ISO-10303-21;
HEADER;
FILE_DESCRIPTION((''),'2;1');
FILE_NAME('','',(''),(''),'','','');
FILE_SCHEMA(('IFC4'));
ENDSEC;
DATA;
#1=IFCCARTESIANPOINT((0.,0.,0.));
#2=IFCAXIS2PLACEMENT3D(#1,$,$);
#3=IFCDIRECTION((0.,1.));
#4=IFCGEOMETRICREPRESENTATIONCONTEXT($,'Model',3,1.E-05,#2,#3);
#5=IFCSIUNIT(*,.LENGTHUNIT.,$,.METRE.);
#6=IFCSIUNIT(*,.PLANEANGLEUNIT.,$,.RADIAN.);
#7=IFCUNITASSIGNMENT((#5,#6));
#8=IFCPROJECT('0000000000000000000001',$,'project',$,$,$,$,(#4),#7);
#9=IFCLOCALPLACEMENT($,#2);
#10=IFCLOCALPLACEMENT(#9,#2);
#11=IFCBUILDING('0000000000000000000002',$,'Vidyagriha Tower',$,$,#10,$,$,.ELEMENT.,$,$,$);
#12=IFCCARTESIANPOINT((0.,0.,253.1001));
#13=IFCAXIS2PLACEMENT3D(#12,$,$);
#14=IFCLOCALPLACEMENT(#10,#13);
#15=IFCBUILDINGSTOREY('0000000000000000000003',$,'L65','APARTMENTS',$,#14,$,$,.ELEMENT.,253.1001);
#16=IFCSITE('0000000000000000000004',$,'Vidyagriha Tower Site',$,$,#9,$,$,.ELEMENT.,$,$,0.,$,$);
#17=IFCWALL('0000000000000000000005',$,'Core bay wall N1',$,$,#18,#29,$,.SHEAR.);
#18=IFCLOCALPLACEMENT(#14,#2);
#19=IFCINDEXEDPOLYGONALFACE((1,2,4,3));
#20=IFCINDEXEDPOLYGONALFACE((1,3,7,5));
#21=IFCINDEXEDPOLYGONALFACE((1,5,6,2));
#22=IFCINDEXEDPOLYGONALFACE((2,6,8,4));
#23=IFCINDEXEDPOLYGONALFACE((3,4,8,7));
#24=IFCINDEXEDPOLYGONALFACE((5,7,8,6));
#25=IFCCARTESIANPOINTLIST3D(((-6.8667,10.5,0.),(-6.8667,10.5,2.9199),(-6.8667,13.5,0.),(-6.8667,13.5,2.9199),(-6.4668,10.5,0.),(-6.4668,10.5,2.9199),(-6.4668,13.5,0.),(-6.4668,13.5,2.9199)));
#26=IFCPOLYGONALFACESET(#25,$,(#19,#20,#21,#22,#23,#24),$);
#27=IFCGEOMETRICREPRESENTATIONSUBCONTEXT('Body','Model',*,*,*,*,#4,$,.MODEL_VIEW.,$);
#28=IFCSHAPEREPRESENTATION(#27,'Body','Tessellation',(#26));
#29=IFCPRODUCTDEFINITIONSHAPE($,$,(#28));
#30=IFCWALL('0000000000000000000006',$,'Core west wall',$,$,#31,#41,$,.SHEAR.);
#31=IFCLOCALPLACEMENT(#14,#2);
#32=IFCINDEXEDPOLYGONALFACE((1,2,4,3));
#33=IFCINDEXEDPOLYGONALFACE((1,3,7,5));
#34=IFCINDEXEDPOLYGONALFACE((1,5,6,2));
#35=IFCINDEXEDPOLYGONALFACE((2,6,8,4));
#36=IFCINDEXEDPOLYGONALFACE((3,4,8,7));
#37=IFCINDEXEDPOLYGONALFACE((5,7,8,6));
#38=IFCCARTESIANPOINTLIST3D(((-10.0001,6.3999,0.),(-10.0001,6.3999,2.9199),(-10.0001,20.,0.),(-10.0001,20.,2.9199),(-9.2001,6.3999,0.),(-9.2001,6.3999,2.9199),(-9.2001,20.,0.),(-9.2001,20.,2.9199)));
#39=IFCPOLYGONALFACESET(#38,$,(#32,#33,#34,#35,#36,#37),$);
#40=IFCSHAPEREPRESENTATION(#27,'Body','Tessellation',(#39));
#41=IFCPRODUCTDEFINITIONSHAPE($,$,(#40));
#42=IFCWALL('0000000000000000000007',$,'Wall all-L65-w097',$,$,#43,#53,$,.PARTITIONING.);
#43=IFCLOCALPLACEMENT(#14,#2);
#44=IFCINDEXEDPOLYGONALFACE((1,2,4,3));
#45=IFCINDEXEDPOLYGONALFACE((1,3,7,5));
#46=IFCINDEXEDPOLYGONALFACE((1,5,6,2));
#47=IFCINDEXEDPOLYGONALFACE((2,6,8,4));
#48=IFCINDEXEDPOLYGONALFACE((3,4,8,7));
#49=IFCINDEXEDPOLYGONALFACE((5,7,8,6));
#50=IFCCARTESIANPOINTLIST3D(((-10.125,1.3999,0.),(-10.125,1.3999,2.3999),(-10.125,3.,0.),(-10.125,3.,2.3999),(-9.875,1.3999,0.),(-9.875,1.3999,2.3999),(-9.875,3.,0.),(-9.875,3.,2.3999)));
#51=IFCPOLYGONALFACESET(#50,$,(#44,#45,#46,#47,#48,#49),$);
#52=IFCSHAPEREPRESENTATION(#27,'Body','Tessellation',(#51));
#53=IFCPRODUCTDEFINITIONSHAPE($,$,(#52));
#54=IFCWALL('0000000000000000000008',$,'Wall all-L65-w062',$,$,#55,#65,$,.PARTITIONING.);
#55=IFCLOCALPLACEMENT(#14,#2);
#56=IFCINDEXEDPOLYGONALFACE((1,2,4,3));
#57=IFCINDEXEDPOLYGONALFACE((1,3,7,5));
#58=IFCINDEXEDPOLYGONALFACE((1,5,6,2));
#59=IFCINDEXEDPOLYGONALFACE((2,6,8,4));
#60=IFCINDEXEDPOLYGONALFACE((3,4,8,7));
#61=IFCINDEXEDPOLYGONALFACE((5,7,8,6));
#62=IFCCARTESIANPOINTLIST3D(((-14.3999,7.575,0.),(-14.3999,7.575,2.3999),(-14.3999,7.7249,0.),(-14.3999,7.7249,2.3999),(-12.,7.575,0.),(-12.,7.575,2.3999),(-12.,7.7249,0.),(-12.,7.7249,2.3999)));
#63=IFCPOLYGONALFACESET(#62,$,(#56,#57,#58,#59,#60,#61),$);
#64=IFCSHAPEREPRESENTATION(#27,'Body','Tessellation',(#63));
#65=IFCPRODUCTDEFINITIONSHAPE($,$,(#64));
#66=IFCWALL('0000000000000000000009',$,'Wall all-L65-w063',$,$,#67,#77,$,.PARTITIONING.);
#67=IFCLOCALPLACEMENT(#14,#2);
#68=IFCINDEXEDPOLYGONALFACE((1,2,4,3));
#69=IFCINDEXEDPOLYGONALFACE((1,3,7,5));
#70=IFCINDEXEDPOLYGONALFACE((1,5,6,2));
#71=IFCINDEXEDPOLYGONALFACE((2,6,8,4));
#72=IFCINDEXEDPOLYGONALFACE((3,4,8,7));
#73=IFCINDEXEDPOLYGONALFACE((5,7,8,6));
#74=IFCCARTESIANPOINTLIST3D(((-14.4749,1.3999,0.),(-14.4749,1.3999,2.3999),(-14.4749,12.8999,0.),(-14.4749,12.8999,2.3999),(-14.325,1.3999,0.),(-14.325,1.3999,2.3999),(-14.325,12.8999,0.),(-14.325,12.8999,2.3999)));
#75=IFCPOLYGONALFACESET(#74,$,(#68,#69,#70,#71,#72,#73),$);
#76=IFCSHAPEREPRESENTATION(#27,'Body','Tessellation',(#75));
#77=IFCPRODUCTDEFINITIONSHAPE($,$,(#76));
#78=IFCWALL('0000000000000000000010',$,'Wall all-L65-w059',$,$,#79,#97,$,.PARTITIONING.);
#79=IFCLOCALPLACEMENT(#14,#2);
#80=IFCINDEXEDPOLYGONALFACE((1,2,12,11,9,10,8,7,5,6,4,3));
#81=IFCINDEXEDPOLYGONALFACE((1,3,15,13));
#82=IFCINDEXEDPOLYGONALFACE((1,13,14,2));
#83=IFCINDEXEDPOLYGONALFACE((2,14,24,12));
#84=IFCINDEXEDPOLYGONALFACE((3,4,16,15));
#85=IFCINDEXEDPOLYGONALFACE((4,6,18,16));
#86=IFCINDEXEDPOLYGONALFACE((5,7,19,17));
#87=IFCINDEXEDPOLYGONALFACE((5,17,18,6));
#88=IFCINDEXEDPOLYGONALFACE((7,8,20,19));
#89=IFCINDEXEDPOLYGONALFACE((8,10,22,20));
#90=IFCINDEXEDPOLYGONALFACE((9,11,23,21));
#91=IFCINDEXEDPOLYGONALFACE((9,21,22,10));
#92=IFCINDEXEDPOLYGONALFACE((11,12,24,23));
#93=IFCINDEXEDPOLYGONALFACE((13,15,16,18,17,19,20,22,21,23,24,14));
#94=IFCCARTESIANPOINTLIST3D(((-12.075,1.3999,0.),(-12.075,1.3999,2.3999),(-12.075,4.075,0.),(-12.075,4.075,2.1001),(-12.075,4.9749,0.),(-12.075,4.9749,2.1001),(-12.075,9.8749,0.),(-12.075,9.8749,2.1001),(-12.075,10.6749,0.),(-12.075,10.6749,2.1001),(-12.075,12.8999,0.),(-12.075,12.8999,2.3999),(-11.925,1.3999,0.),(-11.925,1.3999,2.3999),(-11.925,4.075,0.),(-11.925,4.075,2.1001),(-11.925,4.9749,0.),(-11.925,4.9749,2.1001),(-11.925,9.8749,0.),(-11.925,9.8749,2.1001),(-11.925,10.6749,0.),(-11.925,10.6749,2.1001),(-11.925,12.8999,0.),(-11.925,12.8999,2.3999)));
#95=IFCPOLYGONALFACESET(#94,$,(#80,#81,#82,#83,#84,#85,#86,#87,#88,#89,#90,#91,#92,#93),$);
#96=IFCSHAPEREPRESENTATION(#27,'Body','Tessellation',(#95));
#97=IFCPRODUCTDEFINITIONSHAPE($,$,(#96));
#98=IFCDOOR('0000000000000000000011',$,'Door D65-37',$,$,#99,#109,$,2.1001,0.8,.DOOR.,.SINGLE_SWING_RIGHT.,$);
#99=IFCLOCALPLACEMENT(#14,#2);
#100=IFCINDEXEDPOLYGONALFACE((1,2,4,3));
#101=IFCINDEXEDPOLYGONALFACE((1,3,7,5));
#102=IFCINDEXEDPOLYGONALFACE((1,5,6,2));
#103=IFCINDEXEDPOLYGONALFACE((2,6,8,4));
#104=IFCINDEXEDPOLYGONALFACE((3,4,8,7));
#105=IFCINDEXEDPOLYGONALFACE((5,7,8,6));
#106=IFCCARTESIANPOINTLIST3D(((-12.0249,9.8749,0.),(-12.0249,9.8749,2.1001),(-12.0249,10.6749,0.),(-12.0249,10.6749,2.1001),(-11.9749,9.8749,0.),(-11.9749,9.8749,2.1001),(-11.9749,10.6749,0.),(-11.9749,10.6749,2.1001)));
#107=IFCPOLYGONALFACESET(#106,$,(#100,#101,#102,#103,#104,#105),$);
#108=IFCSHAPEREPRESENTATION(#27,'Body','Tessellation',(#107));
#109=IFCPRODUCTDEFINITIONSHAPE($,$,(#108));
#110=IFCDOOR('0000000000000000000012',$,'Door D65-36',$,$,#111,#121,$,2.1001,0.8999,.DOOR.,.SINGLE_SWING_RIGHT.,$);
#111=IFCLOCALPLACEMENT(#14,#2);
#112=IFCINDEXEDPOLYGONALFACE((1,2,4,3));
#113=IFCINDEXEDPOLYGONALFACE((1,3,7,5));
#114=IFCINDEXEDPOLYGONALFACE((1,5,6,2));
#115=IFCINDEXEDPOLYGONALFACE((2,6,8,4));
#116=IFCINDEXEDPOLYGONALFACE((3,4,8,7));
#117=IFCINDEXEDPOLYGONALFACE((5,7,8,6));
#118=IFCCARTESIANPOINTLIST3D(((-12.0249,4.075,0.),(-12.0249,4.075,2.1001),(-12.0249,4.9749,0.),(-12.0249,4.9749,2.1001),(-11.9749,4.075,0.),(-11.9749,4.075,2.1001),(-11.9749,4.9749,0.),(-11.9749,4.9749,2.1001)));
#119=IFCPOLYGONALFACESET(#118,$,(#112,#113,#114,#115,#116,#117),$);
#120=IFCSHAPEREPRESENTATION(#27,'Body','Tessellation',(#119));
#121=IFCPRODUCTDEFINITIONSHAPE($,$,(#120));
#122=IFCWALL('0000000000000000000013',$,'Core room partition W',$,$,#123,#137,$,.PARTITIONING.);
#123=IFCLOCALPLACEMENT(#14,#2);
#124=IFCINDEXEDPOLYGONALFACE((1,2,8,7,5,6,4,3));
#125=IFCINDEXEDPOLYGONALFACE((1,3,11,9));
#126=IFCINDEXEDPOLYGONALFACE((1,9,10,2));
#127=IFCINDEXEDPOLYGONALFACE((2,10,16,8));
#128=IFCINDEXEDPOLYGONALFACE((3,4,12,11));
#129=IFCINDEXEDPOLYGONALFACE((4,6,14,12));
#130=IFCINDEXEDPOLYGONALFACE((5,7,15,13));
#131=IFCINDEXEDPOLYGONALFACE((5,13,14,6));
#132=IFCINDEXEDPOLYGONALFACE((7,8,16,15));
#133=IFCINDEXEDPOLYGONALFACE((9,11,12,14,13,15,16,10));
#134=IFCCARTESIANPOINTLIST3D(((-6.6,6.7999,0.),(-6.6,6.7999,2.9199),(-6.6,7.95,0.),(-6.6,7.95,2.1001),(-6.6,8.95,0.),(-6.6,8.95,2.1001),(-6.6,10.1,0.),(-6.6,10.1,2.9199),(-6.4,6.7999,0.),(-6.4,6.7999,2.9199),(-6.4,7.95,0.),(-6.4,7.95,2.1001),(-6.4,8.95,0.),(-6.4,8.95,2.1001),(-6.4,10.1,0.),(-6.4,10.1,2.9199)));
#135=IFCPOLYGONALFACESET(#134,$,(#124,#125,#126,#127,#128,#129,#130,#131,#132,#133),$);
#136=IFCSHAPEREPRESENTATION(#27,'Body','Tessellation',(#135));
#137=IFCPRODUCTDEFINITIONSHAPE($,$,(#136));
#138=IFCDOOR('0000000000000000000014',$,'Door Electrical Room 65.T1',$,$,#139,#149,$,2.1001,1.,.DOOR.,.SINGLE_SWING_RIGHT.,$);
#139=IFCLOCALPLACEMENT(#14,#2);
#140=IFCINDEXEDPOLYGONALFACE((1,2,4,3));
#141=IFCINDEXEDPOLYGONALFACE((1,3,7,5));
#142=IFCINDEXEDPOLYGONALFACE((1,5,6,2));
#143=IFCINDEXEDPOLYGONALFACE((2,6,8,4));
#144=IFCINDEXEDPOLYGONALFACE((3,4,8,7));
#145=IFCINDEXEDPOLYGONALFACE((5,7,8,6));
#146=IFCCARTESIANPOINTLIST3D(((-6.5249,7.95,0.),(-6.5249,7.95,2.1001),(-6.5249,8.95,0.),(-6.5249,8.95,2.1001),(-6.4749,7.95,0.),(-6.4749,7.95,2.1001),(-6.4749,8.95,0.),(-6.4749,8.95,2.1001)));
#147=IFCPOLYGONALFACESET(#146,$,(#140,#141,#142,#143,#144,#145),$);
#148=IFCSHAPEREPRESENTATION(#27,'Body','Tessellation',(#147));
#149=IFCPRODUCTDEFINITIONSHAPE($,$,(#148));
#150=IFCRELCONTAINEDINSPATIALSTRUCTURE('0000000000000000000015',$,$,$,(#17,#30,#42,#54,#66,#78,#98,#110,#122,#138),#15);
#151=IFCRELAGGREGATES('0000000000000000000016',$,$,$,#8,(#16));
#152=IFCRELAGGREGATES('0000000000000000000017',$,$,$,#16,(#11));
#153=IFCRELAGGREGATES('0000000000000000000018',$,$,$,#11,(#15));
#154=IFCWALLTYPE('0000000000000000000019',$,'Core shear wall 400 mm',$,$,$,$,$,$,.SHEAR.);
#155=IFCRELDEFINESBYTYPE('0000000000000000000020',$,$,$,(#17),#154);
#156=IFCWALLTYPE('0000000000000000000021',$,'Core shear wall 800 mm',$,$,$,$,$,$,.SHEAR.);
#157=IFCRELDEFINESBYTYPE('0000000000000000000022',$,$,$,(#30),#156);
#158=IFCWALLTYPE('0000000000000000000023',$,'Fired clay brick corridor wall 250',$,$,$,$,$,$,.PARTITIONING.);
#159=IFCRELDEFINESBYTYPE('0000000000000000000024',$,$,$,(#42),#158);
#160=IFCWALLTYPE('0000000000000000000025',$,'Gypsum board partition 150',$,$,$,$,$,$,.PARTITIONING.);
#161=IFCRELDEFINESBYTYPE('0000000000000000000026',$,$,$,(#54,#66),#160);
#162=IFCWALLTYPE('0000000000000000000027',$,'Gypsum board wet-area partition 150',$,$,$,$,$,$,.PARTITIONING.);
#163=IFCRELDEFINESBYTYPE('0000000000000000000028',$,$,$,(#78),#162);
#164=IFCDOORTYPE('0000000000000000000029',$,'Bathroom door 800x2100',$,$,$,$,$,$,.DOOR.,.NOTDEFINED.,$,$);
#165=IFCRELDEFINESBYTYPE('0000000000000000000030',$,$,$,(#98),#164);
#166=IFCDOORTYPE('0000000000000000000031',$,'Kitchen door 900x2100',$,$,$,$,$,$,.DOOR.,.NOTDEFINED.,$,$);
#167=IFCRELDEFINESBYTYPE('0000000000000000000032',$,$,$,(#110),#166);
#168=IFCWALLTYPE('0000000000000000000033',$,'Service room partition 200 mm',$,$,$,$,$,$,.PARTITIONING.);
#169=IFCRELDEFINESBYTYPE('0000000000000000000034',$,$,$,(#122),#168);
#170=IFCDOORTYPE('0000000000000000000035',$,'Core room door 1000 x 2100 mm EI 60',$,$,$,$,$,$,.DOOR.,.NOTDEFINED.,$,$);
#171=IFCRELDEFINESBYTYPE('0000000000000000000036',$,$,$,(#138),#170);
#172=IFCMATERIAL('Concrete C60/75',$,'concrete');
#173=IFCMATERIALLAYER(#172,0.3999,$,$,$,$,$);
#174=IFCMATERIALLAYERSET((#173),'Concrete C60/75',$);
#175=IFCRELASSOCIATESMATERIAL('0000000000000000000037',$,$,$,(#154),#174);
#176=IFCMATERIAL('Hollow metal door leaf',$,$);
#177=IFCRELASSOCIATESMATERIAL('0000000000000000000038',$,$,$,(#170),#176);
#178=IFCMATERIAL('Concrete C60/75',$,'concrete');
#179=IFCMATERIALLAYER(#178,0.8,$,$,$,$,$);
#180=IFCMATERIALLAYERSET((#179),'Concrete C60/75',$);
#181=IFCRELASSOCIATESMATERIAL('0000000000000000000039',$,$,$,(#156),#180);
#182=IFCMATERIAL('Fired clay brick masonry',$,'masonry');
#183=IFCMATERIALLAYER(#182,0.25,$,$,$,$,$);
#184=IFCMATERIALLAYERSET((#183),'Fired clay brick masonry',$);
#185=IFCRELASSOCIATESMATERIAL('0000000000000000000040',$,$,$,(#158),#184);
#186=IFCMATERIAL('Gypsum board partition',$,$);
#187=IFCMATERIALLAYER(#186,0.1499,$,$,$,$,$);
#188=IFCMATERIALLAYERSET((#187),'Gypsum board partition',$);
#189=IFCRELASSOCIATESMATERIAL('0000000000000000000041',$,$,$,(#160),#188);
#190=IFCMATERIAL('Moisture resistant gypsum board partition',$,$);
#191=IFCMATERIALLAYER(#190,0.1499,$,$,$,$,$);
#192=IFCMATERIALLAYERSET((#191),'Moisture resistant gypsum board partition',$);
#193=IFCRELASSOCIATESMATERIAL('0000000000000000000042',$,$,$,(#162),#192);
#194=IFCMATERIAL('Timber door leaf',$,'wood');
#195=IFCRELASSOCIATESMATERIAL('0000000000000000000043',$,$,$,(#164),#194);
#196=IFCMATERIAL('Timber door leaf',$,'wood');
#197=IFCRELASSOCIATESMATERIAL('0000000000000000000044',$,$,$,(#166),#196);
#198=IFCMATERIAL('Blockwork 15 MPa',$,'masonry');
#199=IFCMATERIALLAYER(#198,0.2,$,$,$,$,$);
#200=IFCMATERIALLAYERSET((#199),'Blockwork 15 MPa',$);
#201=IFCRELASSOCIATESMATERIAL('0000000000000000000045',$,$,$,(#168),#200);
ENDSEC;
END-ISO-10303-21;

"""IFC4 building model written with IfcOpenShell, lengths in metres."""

from ifc_helpers import new_model, si_unit, direction, frame, frame_2d, origin, place, context, subcontext, project, spatial, rectangle, extrude, material, layer, layer_set, type_object, element, fill, save


model = new_model("IFC4")

# Units and contexts
model_context = context("Model", 3, precision=1e-05, world=origin(), true_north=direction((0.0, 1.0)))
body_context = subcontext(model_context, "Body", "Model", "MODEL_VIEW")
ifc_project = project(units=[si_unit("LENGTHUNIT", "METRE"), si_unit("PLANEANGLEUNIT", "RADIAN")], contexts=[model_context])

# Site, building, storey
site_placement = place(None, origin())
site = spatial("IfcSite", under=ifc_project, at=site_placement, Name="Vidyagriha Tower Site", CompositionType="ELEMENT", RefElevation=0.0)
building_placement = place(site_placement, origin())
building = spatial("IfcBuilding", under=site, at=building_placement, Name="Vidyagriha Tower", CompositionType="ELEMENT")
storey_placement = place(building_placement, frame((0.0, 0.0, 253.1001)))
storey = spatial("IfcBuildingStorey", under=building, at=storey_placement, Name="L65", Description="APARTMENTS", CompositionType="ELEMENT", Elevation=253.1001)

# Shared definitions
ifc_material_1 = material(Name="Concrete C60/75", Category="concrete")
ifc_layer_1 = layer(ifc_material_1, 0.3999)
ifc_layer_set_1 = layer_set([ifc_layer_1], Name="Concrete C60/75")
wall_type_1 = type_object("IfcWallType", Name="Core shear wall 400 mm", PredefinedType="SHEAR", material=ifc_layer_set_1)
ifc_material_2 = material(Name="Hollow metal door leaf")
door_type_1 = type_object("IfcDoorType", Name="Core room door 1000 x 2100 mm EI 60", OperationType="NOTDEFINED", PredefinedType="DOOR", material=ifc_material_2)

# Walls
wall_1_placement = place(storey_placement, frame((-6.6667, 10.5, 0.0), z_axis=(0.0, 0.0, 1.0), x_axis=(0.0, 1.0, 0.0)))
element("IfcWall", 1, at=wall_1_placement, inside=storey, type_object=wall_type_1, Name="Core bay wall N1", PredefinedType="SHEAR", context=body_context, shape_type="SweptSolid", body=[
    extrude(rectangle(XDim=3.0, YDim=0.3999, at=frame_2d((1.5, 0.0))), origin(), (0.0, 0.0, 1.0), 2.9199),
])
ifc_material_3 = material(Name="Concrete C60/75", Category="concrete")
ifc_layer_2 = layer(ifc_material_3, 0.8)
ifc_layer_set_2 = layer_set([ifc_layer_2], Name="Concrete C60/75")
wall_type_2 = type_object("IfcWallType", Name="Core shear wall 800 mm", PredefinedType="SHEAR", material=ifc_layer_set_2)
wall_2_placement = place(storey_placement, frame((-9.6001, 6.3999, 0.0), z_axis=(0.0, 0.0, 1.0), x_axis=(0.0, 1.0, 0.0)))
element("IfcWall", 2, at=wall_2_placement, inside=storey, type_object=wall_type_2, Name="Core west wall", PredefinedType="SHEAR", context=body_context, shape_type="SweptSolid", body=[
    extrude(rectangle(XDim=13.6001, YDim=0.8, at=frame_2d((6.8, 0.0))), origin(), (0.0, 0.0, 1.0), 2.9199),
])
ifc_material_4 = material(Name="Fired clay brick masonry", Category="masonry")
ifc_layer_3 = layer(ifc_material_4, 0.25)
ifc_layer_set_3 = layer_set([ifc_layer_3], Name="Fired clay brick masonry")
wall_type_3 = type_object("IfcWallType", Name="Fired clay brick corridor wall 250", PredefinedType="PARTITIONING", material=ifc_layer_set_3)
wall_3_placement = place(storey_placement, frame((-10.0, 3.0, 0.0), z_axis=(0.0, 0.0, 1.0), x_axis=(0.0, -1.0, 0.0)))
element("IfcWall", 3, at=wall_3_placement, inside=storey, type_object=wall_type_3, Name="Wall all-L65-w097", PredefinedType="PARTITIONING", context=body_context, shape_type="SweptSolid", body=[
    extrude(rectangle(XDim=1.6001, YDim=0.25, at=frame_2d((0.8, 0.0))), origin(), (0.0, 0.0, 1.0), 2.3999),
])
ifc_material_5 = material(Name="Gypsum board partition")
ifc_layer_4 = layer(ifc_material_5, 0.1499)
ifc_layer_set_4 = layer_set([ifc_layer_4], Name="Gypsum board partition")
wall_type_4 = type_object("IfcWallType", Name="Gypsum board partition 150", PredefinedType="PARTITIONING", material=ifc_layer_set_4)
wall_4_placement = place(storey_placement, frame((-14.3999, 7.6499, 0.0)))
element("IfcWall", 4, at=wall_4_placement, inside=storey, type_object=wall_type_4, Name="Wall all-L65-w062", PredefinedType="PARTITIONING", context=body_context, shape_type="SweptSolid", body=[
    extrude(rectangle(XDim=2.3999, YDim=0.1499, at=frame_2d((1.2, 0.0))), origin(), (0.0, 0.0, 1.0), 2.3999),
])
wall_5_placement = place(storey_placement, frame((-14.3999, 1.3999, 0.0), z_axis=(0.0, 0.0, 1.0), x_axis=(0.0, 1.0, 0.0)))
element("IfcWall", 5, at=wall_5_placement, inside=storey, type_object=wall_type_4, Name="Wall all-L65-w063", PredefinedType="PARTITIONING", context=body_context, shape_type="SweptSolid", body=[
    extrude(rectangle(XDim=11.5, YDim=0.1499, at=frame_2d((5.75, 0.0))), origin(), (0.0, 0.0, 1.0), 2.3999),
])

# Wall, openings, doors
ifc_material_6 = material(Name="Moisture resistant gypsum board partition")
ifc_layer_5 = layer(ifc_material_6, 0.1499)
ifc_layer_set_5 = layer_set([ifc_layer_5], Name="Moisture resistant gypsum board partition")
wall_type_5 = type_object("IfcWallType", Name="Gypsum board wet-area partition 150", PredefinedType="PARTITIONING", material=ifc_layer_set_5)
wall_6_placement = place(storey_placement, frame((-12.0, 1.3999, 0.0), z_axis=(0.0, 0.0, 1.0), x_axis=(0.0, 1.0, 0.0)))
wall_6 = element("IfcWall", 6, at=wall_6_placement, inside=storey, type_object=wall_type_5, Name="Wall all-L65-w059", PredefinedType="PARTITIONING", context=body_context, shape_type="SweptSolid", body=[
    extrude(rectangle(XDim=11.5, YDim=0.1499, at=frame_2d((5.75, 0.0))), origin(), (0.0, 0.0, 1.0), 2.3999),
])
opening_1_placement = place(wall_6_placement, frame((2.675, 0.0, 0.0)))
opening_1 = element("IfcOpeningElement", 7, at=opening_1_placement, cuts=wall_6, PredefinedType="OPENING", context=body_context, shape_type="SweptSolid", body=[
    extrude(rectangle(XDim=0.8999, YDim=2.1001, at=frame_2d((0.45, 1.05))), frame((0.0, 0.085, 0.0), z_axis=(0.0, -1.0, 0.0), x_axis=(1.0, 0.0, 0.0)), (0.0, 0.0, 1.0), 0.1699),
])
opening_2_placement = place(wall_6_placement, frame((8.4751, 0.0, 0.0)))
opening_2 = element("IfcOpeningElement", 8, at=opening_2_placement, cuts=wall_6, PredefinedType="OPENING", context=body_context, shape_type="SweptSolid", body=[
    extrude(rectangle(XDim=0.8, YDim=2.1001, at=frame_2d((0.3999, 1.05))), frame((0.0, 0.085, 0.0), z_axis=(0.0, -1.0, 0.0), x_axis=(1.0, 0.0, 0.0)), (0.0, 0.0, 1.0), 0.1699),
])
ifc_material_7 = material(Name="Timber door leaf", Category="wood")
door_type_2 = type_object("IfcDoorType", Name="Bathroom door 800x2100", OperationType="NOTDEFINED", PredefinedType="DOOR", material=ifc_material_7)
door_1_placement = place(opening_2_placement, origin())
door_1 = element("IfcDoor", 9, at=door_1_placement, inside=storey, type_object=door_type_2, Name="Door D65-37", OperationType="SINGLE_SWING_RIGHT", OverallHeight=2.1001, OverallWidth=0.8, PredefinedType="DOOR", context=body_context, shape_type="SweptSolid", body=[
    extrude(rectangle(XDim=0.8, YDim=2.1001, at=frame_2d((0.3999, 1.05))), frame((0.0, 0.0249, 0.0), z_axis=(0.0, -1.0, 0.0), x_axis=(1.0, 0.0, 0.0)), (0.0, 0.0, 1.0), 0.05),
])
fill(opening_2, door_1)
ifc_material_8 = material(Name="Timber door leaf", Category="wood")
door_type_3 = type_object("IfcDoorType", Name="Kitchen door 900x2100", OperationType="NOTDEFINED", PredefinedType="DOOR", material=ifc_material_8)
door_2_placement = place(opening_1_placement, origin())
door_2 = element("IfcDoor", 10, at=door_2_placement, inside=storey, type_object=door_type_3, Name="Door D65-36", OperationType="SINGLE_SWING_RIGHT", OverallHeight=2.1001, OverallWidth=0.8999, PredefinedType="DOOR", context=body_context, shape_type="SweptSolid", body=[
    extrude(rectangle(XDim=0.8999, YDim=2.1001, at=frame_2d((0.45, 1.05))), frame((0.0, 0.0249, 0.0), z_axis=(0.0, -1.0, 0.0), x_axis=(1.0, 0.0, 0.0)), (0.0, 0.0, 1.0), 0.05),
])
fill(opening_1, door_2)

# Wall, opening, door
ifc_material_9 = material(Name="Blockwork 15 MPa", Category="masonry")
ifc_layer_6 = layer(ifc_material_9, 0.2)
ifc_layer_set_6 = layer_set([ifc_layer_6], Name="Blockwork 15 MPa")
wall_type_6 = type_object("IfcWallType", Name="Service room partition 200 mm", PredefinedType="PARTITIONING", material=ifc_layer_set_6)
wall_7_placement = place(storey_placement, frame((-6.5, 6.8, 0.0), z_axis=(0.0, 0.0, 1.0), x_axis=(0.0, 1.0, 0.0)))
wall_7 = element("IfcWall", 11, at=wall_7_placement, inside=storey, type_object=wall_type_6, Name="Core room partition W", PredefinedType="PARTITIONING", context=body_context, shape_type="SweptSolid", body=[
    extrude(rectangle(XDim=3.3, YDim=0.2, at=frame_2d((1.6499, 0.0))), origin(), (0.0, 0.0, 1.0), 2.9199),
])
opening_3_placement = place(wall_7_placement, frame((1.1499, 0.0, 0.0)))
opening_3 = element("IfcOpeningElement", 12, at=opening_3_placement, cuts=wall_7, PredefinedType="OPENING", context=body_context, shape_type="SweptSolid", body=[
    extrude(rectangle(XDim=1.0, YDim=2.1001, at=frame_2d((0.5, 1.05))), frame((0.0, 0.1099, 0.0), z_axis=(0.0, -1.0, 0.0), x_axis=(1.0, 0.0, 0.0)), (0.0, 0.0, 1.0), 0.22),
])
door_3_placement = place(opening_3_placement, origin())
door_3 = element("IfcDoor", 13, at=door_3_placement, inside=storey, type_object=door_type_1, Name="Door Electrical Room 65.T1", OperationType="SINGLE_SWING_RIGHT", OverallHeight=2.1001, OverallWidth=1.0, PredefinedType="DOOR", context=body_context, shape_type="SweptSolid", body=[
    extrude(rectangle(XDim=1.0, YDim=2.1001, at=frame_2d((0.5, 1.05))), frame((0.0, 0.0249, 0.0), z_axis=(0.0, -1.0, 0.0), x_axis=(1.0, 0.0, 0.0)), (0.0, 0.0, 1.0), 0.05),
])
fill(opening_3, door_3)

save(model, "model.ifc")
